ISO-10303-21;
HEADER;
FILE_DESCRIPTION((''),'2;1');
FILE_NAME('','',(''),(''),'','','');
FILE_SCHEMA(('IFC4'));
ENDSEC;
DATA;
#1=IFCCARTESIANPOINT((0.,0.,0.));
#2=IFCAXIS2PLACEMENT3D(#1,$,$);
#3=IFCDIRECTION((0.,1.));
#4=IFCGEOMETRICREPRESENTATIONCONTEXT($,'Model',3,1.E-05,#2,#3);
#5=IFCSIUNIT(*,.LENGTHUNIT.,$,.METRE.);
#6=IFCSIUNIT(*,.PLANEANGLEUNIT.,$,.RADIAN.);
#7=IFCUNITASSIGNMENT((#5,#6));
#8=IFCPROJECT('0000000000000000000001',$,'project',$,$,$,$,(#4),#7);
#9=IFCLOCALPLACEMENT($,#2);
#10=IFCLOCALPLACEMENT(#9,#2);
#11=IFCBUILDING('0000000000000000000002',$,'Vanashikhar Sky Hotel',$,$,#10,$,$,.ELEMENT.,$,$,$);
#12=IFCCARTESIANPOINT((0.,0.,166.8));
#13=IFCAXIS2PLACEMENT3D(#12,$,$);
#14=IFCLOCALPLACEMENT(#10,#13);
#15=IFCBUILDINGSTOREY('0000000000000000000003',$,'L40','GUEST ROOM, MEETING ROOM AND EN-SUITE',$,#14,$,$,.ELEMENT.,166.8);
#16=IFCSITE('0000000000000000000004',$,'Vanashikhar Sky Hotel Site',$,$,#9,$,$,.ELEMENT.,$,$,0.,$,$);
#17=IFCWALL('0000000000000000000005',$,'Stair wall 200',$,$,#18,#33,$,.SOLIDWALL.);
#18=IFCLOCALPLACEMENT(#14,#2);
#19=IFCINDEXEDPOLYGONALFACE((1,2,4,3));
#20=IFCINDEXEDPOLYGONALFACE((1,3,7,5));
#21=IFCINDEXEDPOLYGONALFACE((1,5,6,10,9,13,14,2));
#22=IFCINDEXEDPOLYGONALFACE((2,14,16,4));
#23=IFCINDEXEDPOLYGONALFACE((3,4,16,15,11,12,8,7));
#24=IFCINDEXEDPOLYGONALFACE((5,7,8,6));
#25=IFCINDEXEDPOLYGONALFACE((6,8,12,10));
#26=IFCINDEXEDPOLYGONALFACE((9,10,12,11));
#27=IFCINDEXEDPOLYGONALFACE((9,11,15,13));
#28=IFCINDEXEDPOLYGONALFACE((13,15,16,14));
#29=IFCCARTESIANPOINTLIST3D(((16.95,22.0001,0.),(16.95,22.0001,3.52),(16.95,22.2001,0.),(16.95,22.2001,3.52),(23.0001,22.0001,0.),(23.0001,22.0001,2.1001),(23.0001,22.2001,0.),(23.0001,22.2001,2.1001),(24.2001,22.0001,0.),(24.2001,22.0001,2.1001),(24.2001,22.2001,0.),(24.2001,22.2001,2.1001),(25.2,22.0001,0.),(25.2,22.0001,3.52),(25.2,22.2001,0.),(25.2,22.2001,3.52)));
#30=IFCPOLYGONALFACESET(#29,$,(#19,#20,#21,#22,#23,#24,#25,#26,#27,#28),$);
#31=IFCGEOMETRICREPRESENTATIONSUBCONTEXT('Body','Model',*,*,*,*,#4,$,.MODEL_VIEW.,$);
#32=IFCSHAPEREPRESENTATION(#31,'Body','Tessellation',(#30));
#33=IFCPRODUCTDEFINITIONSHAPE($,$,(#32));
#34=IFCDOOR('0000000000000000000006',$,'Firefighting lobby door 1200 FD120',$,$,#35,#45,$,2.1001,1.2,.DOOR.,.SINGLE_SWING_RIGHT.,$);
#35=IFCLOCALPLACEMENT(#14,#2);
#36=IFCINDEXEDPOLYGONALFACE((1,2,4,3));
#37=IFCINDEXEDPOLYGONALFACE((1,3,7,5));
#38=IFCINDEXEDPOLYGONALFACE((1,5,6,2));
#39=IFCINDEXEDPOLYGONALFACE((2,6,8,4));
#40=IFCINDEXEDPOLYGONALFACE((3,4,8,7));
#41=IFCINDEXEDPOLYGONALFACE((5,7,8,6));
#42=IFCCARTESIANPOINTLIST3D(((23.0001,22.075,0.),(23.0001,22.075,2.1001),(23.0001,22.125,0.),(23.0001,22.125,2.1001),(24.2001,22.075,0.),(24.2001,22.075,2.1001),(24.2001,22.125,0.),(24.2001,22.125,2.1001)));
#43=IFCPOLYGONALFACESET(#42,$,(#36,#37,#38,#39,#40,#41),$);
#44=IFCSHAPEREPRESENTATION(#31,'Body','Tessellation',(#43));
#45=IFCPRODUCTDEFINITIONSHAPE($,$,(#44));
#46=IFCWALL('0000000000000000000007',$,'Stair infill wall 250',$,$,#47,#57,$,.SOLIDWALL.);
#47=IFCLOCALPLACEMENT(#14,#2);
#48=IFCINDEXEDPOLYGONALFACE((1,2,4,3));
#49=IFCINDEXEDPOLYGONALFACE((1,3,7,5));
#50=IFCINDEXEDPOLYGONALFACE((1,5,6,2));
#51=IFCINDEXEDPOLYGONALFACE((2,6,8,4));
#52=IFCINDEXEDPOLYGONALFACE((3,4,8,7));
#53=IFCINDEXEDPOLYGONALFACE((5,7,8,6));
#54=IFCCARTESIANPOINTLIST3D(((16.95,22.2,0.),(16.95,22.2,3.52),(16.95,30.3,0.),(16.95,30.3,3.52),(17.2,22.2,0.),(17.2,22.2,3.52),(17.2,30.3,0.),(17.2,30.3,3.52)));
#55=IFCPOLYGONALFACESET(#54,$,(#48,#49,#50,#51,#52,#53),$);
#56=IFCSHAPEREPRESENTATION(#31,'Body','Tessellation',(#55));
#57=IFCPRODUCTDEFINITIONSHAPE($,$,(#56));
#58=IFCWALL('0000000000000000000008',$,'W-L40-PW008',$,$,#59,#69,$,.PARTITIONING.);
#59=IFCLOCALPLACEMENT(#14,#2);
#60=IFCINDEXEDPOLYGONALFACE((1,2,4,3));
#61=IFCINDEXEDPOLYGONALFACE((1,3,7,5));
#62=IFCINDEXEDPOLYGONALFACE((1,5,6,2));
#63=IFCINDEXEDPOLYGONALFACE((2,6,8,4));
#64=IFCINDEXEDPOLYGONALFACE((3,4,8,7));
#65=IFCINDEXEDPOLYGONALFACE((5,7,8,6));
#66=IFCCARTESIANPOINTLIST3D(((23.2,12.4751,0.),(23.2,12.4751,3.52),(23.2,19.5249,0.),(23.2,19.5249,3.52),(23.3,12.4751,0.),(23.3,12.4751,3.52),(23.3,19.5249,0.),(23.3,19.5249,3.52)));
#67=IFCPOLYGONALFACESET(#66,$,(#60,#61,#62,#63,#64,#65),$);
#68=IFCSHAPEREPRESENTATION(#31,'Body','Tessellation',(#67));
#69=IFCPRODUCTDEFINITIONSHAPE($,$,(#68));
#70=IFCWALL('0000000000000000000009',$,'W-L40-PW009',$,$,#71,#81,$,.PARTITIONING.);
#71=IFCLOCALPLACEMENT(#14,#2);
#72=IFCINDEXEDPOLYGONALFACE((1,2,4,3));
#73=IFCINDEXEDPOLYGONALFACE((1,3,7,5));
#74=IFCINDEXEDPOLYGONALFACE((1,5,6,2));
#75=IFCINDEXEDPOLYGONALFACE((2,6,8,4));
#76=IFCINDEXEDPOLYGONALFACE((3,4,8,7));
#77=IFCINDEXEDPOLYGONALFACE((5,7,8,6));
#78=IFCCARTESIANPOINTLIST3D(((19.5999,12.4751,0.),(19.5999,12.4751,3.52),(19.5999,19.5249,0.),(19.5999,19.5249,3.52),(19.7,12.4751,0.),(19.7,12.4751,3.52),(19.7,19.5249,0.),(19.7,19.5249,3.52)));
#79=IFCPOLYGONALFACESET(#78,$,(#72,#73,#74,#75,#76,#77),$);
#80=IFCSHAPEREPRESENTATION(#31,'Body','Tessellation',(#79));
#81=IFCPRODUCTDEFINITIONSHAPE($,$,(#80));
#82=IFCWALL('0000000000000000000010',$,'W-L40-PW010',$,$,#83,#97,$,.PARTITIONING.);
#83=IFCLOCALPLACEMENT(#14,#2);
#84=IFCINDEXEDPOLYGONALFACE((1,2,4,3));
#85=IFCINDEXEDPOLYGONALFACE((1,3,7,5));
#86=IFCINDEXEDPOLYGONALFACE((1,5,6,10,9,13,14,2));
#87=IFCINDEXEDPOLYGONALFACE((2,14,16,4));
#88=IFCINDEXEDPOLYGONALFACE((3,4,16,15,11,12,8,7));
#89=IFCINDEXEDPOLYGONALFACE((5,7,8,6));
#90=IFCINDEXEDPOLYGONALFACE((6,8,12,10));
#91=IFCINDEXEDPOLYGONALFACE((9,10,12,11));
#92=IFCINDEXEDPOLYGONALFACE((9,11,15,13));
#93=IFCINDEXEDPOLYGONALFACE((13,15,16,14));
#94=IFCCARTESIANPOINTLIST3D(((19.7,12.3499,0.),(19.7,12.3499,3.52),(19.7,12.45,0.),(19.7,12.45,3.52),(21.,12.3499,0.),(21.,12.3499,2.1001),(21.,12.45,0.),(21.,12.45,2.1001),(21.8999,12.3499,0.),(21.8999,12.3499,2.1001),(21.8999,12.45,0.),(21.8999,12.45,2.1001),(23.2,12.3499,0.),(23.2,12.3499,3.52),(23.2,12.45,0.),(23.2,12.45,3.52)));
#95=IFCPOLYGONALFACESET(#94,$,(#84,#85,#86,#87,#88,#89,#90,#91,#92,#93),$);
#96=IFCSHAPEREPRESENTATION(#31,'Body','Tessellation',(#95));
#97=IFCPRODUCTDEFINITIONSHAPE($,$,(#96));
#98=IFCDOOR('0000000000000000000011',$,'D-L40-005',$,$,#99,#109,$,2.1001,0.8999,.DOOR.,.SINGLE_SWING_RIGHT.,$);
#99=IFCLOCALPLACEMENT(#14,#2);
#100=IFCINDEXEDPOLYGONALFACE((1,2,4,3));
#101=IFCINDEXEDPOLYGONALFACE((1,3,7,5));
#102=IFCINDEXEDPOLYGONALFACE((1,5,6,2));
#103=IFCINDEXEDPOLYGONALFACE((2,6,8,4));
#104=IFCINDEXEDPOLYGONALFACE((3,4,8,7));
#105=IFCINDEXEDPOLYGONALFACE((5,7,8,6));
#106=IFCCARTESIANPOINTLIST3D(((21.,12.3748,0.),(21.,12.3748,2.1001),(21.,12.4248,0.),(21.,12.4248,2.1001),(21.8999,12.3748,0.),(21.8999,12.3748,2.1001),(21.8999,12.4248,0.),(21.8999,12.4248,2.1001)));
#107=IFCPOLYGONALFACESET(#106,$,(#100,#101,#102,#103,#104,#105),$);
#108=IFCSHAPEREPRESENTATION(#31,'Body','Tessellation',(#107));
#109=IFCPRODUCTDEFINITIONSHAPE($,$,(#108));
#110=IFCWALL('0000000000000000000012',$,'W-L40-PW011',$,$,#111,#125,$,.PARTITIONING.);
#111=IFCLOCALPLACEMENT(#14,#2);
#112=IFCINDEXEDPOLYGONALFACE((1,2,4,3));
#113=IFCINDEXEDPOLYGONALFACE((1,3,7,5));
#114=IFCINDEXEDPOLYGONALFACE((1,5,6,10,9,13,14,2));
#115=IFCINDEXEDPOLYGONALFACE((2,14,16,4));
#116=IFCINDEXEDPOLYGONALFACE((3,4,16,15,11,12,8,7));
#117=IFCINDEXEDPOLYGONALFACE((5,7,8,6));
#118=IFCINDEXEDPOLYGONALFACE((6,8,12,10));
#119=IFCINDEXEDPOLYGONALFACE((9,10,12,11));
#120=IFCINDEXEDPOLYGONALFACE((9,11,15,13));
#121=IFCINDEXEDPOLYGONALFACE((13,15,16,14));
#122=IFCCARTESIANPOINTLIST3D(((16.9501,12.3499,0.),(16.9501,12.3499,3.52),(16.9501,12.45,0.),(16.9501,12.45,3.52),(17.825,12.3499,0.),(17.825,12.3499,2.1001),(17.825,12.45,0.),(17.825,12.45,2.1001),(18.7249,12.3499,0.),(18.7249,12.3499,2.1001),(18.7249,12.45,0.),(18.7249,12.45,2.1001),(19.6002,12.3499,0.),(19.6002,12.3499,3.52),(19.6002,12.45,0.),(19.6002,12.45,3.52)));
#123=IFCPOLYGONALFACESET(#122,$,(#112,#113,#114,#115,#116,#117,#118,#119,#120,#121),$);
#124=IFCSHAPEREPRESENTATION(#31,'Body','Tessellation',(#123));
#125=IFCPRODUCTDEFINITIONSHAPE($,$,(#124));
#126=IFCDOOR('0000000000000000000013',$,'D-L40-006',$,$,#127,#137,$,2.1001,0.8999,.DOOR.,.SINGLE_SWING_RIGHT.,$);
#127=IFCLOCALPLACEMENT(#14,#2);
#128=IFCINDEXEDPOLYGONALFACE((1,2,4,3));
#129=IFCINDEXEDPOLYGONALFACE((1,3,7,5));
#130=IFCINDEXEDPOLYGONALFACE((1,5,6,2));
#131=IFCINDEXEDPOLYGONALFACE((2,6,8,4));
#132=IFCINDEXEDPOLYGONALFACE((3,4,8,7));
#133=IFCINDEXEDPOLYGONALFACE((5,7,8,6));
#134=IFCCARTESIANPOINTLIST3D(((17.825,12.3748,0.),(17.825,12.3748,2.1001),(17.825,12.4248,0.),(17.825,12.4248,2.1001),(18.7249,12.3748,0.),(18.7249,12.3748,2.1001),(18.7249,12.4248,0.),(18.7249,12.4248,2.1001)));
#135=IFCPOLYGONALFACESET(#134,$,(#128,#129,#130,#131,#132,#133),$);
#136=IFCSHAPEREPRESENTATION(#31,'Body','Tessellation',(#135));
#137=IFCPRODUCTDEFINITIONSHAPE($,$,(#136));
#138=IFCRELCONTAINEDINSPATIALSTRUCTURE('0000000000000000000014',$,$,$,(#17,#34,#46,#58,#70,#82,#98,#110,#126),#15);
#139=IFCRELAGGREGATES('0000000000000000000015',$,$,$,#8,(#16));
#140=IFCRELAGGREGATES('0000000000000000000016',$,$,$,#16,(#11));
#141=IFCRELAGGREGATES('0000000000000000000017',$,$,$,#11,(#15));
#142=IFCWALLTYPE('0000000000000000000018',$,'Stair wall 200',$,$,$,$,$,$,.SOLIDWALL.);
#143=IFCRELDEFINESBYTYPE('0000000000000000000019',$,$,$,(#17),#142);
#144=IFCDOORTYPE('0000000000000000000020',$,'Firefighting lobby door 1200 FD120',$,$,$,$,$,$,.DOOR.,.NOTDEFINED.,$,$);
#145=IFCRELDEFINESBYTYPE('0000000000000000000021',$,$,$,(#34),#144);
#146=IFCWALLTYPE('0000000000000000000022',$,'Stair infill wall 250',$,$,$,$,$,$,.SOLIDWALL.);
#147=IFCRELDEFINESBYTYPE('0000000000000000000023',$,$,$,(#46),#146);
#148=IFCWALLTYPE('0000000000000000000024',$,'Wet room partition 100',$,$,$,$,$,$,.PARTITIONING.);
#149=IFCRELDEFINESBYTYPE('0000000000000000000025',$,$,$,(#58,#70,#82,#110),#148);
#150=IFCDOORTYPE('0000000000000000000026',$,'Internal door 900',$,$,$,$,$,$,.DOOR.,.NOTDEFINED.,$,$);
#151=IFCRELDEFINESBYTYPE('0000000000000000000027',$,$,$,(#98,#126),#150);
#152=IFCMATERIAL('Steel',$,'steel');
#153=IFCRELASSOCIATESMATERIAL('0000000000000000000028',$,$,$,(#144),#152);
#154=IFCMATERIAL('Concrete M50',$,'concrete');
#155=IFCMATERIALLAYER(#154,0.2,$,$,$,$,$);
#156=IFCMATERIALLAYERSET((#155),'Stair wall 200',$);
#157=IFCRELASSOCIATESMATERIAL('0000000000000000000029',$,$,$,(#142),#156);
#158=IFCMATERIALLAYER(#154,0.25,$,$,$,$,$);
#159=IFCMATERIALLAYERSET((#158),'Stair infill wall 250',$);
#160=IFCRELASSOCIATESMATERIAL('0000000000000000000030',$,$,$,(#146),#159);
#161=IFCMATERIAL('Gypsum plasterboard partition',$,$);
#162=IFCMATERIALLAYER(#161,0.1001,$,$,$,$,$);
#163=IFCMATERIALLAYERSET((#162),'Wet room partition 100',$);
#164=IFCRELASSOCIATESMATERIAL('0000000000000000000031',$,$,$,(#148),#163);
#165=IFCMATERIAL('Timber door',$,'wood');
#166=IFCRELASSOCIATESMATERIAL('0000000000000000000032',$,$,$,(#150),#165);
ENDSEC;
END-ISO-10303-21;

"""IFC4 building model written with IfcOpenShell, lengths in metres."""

from ifc_helpers import new_model, si_unit, direction, frame, frame_2d, origin, place, context, subcontext, project, spatial, rectangle, extrude, source, transform, mapped, material, layer, layer_set, type_object, element, fill, save


model = new_model("IFC4")

# Units and contexts
model_context = context("Model", 3, precision=1e-05, world=origin(), true_north=direction((0.0, 1.0)))
body_context = subcontext(model_context, "Body", "Model", "MODEL_VIEW")
ifc_project = project(units=[si_unit("LENGTHUNIT", "METRE"), si_unit("PLANEANGLEUNIT", "RADIAN")], contexts=[model_context])

# Site, building, storey
site_placement = place(None, origin())
site = spatial("IfcSite", under=ifc_project, at=site_placement, Name="Vanashikhar Sky Hotel Site", CompositionType="ELEMENT", RefElevation=0.0)
building_placement = place(site_placement, origin())
building = spatial("IfcBuilding", under=site, at=building_placement, Name="Vanashikhar Sky Hotel", CompositionType="ELEMENT")
storey_placement = place(building_placement, frame((0.0, 0.0, 166.8)))
storey = spatial("IfcBuildingStorey", under=building, at=storey_placement, Name="L40", Description="GUEST ROOM, MEETING ROOM AND EN-SUITE", CompositionType="ELEMENT", Elevation=166.8)

# Shared definitions
ifc_material_1 = material(Name="Steel", Category="steel")
door_type_1 = type_object("IfcDoorType", Name="Firefighting lobby door 1200 FD120", OperationType="NOTDEFINED", PredefinedType="DOOR", material=ifc_material_1)

# Wall, opening, door
ifc_material_2 = material(Name="Concrete M50", Category="concrete")
ifc_layer_1 = layer(ifc_material_2, 0.2)
ifc_layer_set_1 = layer_set([ifc_layer_1], Name="Stair wall 200")
wall_type_1 = type_object("IfcWallType", Name="Stair wall 200", PredefinedType="SOLIDWALL", material=ifc_layer_set_1)
shared_shape_1 = source(origin(), body_context, "Body", "SweptSolid", [
    extrude(rectangle(XDim=1.2, YDim=2.1001, at=frame_2d((0.6001, 1.05))), frame((0.0, 0.1099, 0.0), z_axis=(0.0, -1.0, 0.0), x_axis=(1.0, 0.0, 0.0)), (0.0, 0.0, 1.0), 0.22),
])
shared_shape_2 = source(origin(), body_context, "Body", "SweptSolid", [
    extrude(rectangle(XDim=1.2, YDim=2.1001, at=frame_2d((0.6001, 1.05))), frame((0.0, 0.0249, 0.0), z_axis=(0.0, -1.0, 0.0), x_axis=(1.0, 0.0, 0.0)), (0.0, 0.0, 1.0), 0.05),
])
shared_shape_3 = source(origin(), body_context, "Body", "SweptSolid", [
    extrude(rectangle(XDim=8.25, YDim=0.2, at=frame_2d((4.125, 0.0))), origin(), (0.0, 0.0, 1.0), 3.52),
])
wall_1_placement = place(storey_placement, frame((16.95, 22.1001, 0.0), z_axis=(0.0, 0.0, 1.0), x_axis=(1.0, 0.0, 0.0)))
wall_1 = element("IfcWall", 1, at=wall_1_placement, inside=storey, type_object=wall_type_1, Name="Stair wall 200", PredefinedType="SOLIDWALL", context=body_context, shape_type="MappedRepresentation", body=[
    mapped(shared_shape_3, transform((0.0, 0.0, 0.0), scale=1.0)),
])
opening_1_placement = place(wall_1_placement, frame((6.05, 0.0, 0.0)))
opening_1 = element("IfcOpeningElement", 2, at=opening_1_placement, cuts=wall_1, PredefinedType="OPENING", context=body_context, shape_type="MappedRepresentation", body=[
    mapped(shared_shape_1, transform((0.0, 0.0, 0.0), scale=1.0)),
])
door_1_placement = place(opening_1_placement, origin())
door_1 = element("IfcDoor", 3, at=door_1_placement, inside=storey, type_object=door_type_1, Name="Firefighting lobby door 1200 FD120", OperationType="SINGLE_SWING_RIGHT", OverallHeight=2.1001, OverallWidth=1.2, PredefinedType="DOOR", context=body_context, shape_type="MappedRepresentation", body=[
    mapped(shared_shape_2, transform((0.0, 0.0, 0.0), scale=1.0)),
])
fill(opening_1, door_1)

# Walls
ifc_layer_2 = layer(ifc_material_2, 0.25)
ifc_layer_set_2 = layer_set([ifc_layer_2], Name="Stair infill wall 250")
wall_type_2 = type_object("IfcWallType", Name="Stair infill wall 250", PredefinedType="SOLIDWALL", material=ifc_layer_set_2)
shared_shape_4 = source(origin(), body_context, "Body", "SweptSolid", [
    extrude(rectangle(XDim=8.1001, YDim=0.25, at=frame_2d((4.05, 0.0))), origin(), (0.0, 0.0, 1.0), 3.52),
])
wall_2_placement = place(storey_placement, frame((17.075, 22.2, 0.0), z_axis=(0.0, 0.0, 1.0), x_axis=(0.0, 1.0, 0.0)))
element("IfcWall", 4, at=wall_2_placement, inside=storey, type_object=wall_type_2, Name="Stair infill wall 250", PredefinedType="SOLIDWALL", context=body_context, shape_type="MappedRepresentation", body=[
    mapped(shared_shape_4, transform((0.0, 0.0, 0.0), scale=1.0)),
])
ifc_material_3 = material(Name="Gypsum plasterboard partition")
ifc_layer_3 = layer(ifc_material_3, 0.1001)
ifc_layer_set_3 = layer_set([ifc_layer_3], Name="Wet room partition 100")
wall_type_3 = type_object("IfcWallType", Name="Wet room partition 100", PredefinedType="PARTITIONING", material=ifc_layer_set_3)
shared_shape_5 = source(origin(), body_context, "Body", "SweptSolid", [
    extrude(rectangle(XDim=7.0498, YDim=0.1001, at=frame_2d((3.5249, 0.0))), origin(), (0.0, 0.0, 1.0), 3.52),
])
for number, where, z_axis, x_axis, name in (
    (5, (23.25, 12.4751, 0.0), (0.0, 0.0, 1.0), (0.0, 1.0, 0.0), "W-L40-PW008"),
    (6, (19.6499, 12.4751, 0.0), (0.0, 0.0, 1.0), (0.0, 1.0, 0.0), "W-L40-PW009"),
):
    element("IfcWall", number, at=place(storey_placement, frame(where, z_axis=z_axis, x_axis=x_axis)), inside=storey, type_object=wall_type_3, Name=name, PredefinedType="PARTITIONING", context=body_context, shape_type="MappedRepresentation", body=[
        mapped(shared_shape_5, transform((0.0, 0.0, 0.0), scale=1.0)),
    ])

# Walls, openings, doors
shared_shape_6 = source(origin(), body_context, "Body", "SweptSolid", [
    extrude(rectangle(XDim=3.5, YDim=0.1001, at=frame_2d((1.75, 0.0))), origin(), (0.0, 0.0, 1.0), 3.52),
])
wall_3_placement = place(storey_placement, frame((19.7, 12.3999, 0.0), z_axis=(0.0, 0.0, 1.0), x_axis=(1.0, 0.0, 0.0)))
wall_3 = element("IfcWall", 7, at=wall_3_placement, inside=storey, type_object=wall_type_3, Name="W-L40-PW010", PredefinedType="PARTITIONING", context=body_context, shape_type="MappedRepresentation", body=[
    mapped(shared_shape_6, transform((0.0, 0.0, 0.0), scale=1.0)),
])
shared_shape_7 = source(origin(), body_context, "Body", "SweptSolid", [
    extrude(rectangle(XDim=0.8999, YDim=2.1001, at=frame_2d((0.45, 1.05))), frame((0.0, 0.0601, 0.0), z_axis=(0.0, -1.0, 0.0), x_axis=(1.0, 0.0, 0.0)), (0.0, 0.0, 1.0), 0.1201),
])
opening_2_placement = place(wall_3_placement, frame((1.3, 0.0, 0.0)))
opening_2 = element("IfcOpeningElement", 8, at=opening_2_placement, cuts=wall_3, PredefinedType="OPENING", context=body_context, shape_type="MappedRepresentation", body=[
    mapped(shared_shape_7, transform((0.0, 0.0, 0.0), scale=1.0)),
])
ifc_material_4 = material(Name="Timber door", Category="wood")
door_type_2 = type_object("IfcDoorType", Name="Internal door 900", OperationType="NOTDEFINED", PredefinedType="DOOR", material=ifc_material_4)
shared_shape_8 = source(origin(), body_context, "Body", "SweptSolid", [
    extrude(rectangle(XDim=0.8999, YDim=2.1001, at=frame_2d((0.45, 1.05))), frame((0.0, 0.0249, 0.0), z_axis=(0.0, -1.0, 0.0), x_axis=(1.0, 0.0, 0.0)), (0.0, 0.0, 1.0), 0.05),
])
door_2_placement = place(opening_2_placement, origin())
door_2 = element("IfcDoor", 9, at=door_2_placement, inside=storey, type_object=door_type_2, Name="D-L40-005", OperationType="SINGLE_SWING_RIGHT", OverallHeight=2.1001, OverallWidth=0.8999, PredefinedType="DOOR", context=body_context, shape_type="MappedRepresentation", body=[
    mapped(shared_shape_8, transform((0.0, 0.0, 0.0), scale=1.0)),
])
fill(opening_2, door_2)
shared_shape_9 = source(origin(), body_context, "Body", "SweptSolid", [
    extrude(rectangle(XDim=2.6501, YDim=0.1001, at=frame_2d((1.3252, 0.0))), origin(), (0.0, 0.0, 1.0), 3.52),
])
wall_4_placement = place(storey_placement, frame((16.95, 12.3999, 0.0), z_axis=(0.0, 0.0, 1.0), x_axis=(1.0, 0.0, 0.0)))
wall_4 = element("IfcWall", 10, at=wall_4_placement, inside=storey, type_object=wall_type_3, Name="W-L40-PW011", PredefinedType="PARTITIONING", context=body_context, shape_type="MappedRepresentation", body=[
    mapped(shared_shape_9, transform((0.0, 0.0, 0.0), scale=1.0)),
])
opening_3_placement = place(wall_4_placement, frame((0.875, 0.0, 0.0)))
opening_3 = element("IfcOpeningElement", 11, at=opening_3_placement, cuts=wall_4, PredefinedType="OPENING", context=body_context, shape_type="MappedRepresentation", body=[
    mapped(shared_shape_7, transform((0.0, 0.0, 0.0), scale=1.0)),
])
door_3_placement = place(opening_3_placement, origin())
door_3 = element("IfcDoor", 12, at=door_3_placement, inside=storey, type_object=door_type_2, Name="D-L40-006", OperationType="SINGLE_SWING_RIGHT", OverallHeight=2.1001, OverallWidth=0.8999, PredefinedType="DOOR", context=body_context, shape_type="MappedRepresentation", body=[
    mapped(shared_shape_8, transform((0.0, 0.0, 0.0), scale=1.0)),
])
fill(opening_3, door_3)

save(model, "model.ifc")
